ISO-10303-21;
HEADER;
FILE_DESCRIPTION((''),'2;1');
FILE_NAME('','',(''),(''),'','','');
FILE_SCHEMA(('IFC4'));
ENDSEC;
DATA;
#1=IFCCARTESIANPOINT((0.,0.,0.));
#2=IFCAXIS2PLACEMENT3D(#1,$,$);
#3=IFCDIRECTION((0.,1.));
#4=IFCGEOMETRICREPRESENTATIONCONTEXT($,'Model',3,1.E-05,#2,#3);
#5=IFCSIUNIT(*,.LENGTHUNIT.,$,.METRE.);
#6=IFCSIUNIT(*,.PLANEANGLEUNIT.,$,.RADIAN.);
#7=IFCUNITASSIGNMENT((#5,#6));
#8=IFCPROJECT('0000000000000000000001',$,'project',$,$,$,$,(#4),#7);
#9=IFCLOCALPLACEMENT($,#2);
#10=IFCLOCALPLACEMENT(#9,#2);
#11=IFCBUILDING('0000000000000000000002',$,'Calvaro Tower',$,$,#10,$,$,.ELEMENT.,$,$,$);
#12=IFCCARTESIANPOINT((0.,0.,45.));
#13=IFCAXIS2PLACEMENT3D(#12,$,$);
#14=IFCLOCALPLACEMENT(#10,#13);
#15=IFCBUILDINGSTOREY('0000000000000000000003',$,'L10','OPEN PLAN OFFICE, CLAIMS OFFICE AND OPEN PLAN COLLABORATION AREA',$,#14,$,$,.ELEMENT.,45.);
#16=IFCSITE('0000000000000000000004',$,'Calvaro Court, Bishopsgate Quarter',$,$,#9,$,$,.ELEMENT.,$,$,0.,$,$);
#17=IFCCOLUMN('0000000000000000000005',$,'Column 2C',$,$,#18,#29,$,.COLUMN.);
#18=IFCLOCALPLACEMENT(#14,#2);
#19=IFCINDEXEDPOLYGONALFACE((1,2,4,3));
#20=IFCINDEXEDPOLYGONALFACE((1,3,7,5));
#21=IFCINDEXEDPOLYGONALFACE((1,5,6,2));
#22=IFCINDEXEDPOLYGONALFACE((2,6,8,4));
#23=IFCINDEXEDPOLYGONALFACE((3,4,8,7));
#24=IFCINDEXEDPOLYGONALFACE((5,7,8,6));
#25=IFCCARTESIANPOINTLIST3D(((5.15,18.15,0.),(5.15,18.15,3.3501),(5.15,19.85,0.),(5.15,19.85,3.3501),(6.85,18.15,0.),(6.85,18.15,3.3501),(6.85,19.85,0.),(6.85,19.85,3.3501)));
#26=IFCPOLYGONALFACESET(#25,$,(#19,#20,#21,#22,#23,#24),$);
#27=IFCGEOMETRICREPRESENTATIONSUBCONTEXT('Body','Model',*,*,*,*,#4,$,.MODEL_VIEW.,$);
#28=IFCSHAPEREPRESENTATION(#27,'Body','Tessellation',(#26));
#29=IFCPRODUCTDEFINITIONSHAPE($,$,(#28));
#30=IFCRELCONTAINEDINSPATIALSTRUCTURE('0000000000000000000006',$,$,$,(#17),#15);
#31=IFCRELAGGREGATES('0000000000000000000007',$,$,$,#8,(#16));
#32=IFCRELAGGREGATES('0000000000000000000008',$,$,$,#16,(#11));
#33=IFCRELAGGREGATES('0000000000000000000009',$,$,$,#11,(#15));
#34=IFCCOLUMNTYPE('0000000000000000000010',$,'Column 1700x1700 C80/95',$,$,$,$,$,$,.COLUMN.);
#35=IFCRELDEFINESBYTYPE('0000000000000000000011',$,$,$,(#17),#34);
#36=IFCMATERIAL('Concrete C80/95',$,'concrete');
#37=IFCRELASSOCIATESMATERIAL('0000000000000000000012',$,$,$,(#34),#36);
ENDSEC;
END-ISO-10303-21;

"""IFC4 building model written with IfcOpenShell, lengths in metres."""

from ifc_helpers import new_model, si_unit, direction, frame, origin, origin_2d, place, context, subcontext, project, spatial, rectangle, extrude, material, material_profile, profile_set, type_object, element, save


model = new_model("IFC4")

# Units and contexts
model_context = context("Model", 3, precision=1e-05, world=origin(), true_north=direction((0.0, 1.0)))
body_context = subcontext(model_context, "Body", "Model", "MODEL_VIEW")
ifc_project = project(units=[si_unit("LENGTHUNIT", "METRE"), si_unit("PLANEANGLEUNIT", "RADIAN")], contexts=[model_context])

# Site, building, storey
site_placement = place(None, origin())
site = spatial("IfcSite", under=ifc_project, at=site_placement, Name="Calvaro Court, Bishopsgate Quarter", CompositionType="ELEMENT", RefElevation=0.0)
building_placement = place(site_placement, origin())
building = spatial("IfcBuilding", under=site, at=building_placement, Name="Calvaro Tower", CompositionType="ELEMENT")
storey_placement = place(building_placement, frame((0.0, 0.0, 45.0)))
storey = spatial("IfcBuildingStorey", under=building, at=storey_placement, Name="L10", Description="OPEN PLAN OFFICE, CLAIMS OFFICE AND OPEN PLAN COLLABORATION AREA", CompositionType="ELEMENT", Elevation=45.0)

# Column
ifc_material_1 = material(Name="Concrete C80/95", Category="concrete")
ifc_material_profile = material_profile(ifc_material_1, rectangle(XDim=1.7, YDim=1.7, at=origin_2d()), Name="RC 1700x1700")
ifc_profile_set = profile_set([ifc_material_profile], Name="Concrete C80/95")
column_type = type_object("IfcColumnType", Name="Column 1700x1700 C80/95", PredefinedType="COLUMN", material=ifc_profile_set)
column_placement = place(storey_placement, frame((6.0, 19.0, 0.0), z_axis=(0.0, 0.0, 1.0), x_axis=(1.0, 0.0, 0.0)))
element("IfcColumn", 1, at=column_placement, inside=storey, type_object=column_type, Name="Column 2C", PredefinedType="COLUMN", context=body_context, shape_type="SweptSolid", body=[
    extrude(rectangle(XDim=1.7, YDim=1.7, at=origin_2d()), origin(), (0.0, 0.0, 1.0), 3.3501),
])

save(model, "model.ifc")
